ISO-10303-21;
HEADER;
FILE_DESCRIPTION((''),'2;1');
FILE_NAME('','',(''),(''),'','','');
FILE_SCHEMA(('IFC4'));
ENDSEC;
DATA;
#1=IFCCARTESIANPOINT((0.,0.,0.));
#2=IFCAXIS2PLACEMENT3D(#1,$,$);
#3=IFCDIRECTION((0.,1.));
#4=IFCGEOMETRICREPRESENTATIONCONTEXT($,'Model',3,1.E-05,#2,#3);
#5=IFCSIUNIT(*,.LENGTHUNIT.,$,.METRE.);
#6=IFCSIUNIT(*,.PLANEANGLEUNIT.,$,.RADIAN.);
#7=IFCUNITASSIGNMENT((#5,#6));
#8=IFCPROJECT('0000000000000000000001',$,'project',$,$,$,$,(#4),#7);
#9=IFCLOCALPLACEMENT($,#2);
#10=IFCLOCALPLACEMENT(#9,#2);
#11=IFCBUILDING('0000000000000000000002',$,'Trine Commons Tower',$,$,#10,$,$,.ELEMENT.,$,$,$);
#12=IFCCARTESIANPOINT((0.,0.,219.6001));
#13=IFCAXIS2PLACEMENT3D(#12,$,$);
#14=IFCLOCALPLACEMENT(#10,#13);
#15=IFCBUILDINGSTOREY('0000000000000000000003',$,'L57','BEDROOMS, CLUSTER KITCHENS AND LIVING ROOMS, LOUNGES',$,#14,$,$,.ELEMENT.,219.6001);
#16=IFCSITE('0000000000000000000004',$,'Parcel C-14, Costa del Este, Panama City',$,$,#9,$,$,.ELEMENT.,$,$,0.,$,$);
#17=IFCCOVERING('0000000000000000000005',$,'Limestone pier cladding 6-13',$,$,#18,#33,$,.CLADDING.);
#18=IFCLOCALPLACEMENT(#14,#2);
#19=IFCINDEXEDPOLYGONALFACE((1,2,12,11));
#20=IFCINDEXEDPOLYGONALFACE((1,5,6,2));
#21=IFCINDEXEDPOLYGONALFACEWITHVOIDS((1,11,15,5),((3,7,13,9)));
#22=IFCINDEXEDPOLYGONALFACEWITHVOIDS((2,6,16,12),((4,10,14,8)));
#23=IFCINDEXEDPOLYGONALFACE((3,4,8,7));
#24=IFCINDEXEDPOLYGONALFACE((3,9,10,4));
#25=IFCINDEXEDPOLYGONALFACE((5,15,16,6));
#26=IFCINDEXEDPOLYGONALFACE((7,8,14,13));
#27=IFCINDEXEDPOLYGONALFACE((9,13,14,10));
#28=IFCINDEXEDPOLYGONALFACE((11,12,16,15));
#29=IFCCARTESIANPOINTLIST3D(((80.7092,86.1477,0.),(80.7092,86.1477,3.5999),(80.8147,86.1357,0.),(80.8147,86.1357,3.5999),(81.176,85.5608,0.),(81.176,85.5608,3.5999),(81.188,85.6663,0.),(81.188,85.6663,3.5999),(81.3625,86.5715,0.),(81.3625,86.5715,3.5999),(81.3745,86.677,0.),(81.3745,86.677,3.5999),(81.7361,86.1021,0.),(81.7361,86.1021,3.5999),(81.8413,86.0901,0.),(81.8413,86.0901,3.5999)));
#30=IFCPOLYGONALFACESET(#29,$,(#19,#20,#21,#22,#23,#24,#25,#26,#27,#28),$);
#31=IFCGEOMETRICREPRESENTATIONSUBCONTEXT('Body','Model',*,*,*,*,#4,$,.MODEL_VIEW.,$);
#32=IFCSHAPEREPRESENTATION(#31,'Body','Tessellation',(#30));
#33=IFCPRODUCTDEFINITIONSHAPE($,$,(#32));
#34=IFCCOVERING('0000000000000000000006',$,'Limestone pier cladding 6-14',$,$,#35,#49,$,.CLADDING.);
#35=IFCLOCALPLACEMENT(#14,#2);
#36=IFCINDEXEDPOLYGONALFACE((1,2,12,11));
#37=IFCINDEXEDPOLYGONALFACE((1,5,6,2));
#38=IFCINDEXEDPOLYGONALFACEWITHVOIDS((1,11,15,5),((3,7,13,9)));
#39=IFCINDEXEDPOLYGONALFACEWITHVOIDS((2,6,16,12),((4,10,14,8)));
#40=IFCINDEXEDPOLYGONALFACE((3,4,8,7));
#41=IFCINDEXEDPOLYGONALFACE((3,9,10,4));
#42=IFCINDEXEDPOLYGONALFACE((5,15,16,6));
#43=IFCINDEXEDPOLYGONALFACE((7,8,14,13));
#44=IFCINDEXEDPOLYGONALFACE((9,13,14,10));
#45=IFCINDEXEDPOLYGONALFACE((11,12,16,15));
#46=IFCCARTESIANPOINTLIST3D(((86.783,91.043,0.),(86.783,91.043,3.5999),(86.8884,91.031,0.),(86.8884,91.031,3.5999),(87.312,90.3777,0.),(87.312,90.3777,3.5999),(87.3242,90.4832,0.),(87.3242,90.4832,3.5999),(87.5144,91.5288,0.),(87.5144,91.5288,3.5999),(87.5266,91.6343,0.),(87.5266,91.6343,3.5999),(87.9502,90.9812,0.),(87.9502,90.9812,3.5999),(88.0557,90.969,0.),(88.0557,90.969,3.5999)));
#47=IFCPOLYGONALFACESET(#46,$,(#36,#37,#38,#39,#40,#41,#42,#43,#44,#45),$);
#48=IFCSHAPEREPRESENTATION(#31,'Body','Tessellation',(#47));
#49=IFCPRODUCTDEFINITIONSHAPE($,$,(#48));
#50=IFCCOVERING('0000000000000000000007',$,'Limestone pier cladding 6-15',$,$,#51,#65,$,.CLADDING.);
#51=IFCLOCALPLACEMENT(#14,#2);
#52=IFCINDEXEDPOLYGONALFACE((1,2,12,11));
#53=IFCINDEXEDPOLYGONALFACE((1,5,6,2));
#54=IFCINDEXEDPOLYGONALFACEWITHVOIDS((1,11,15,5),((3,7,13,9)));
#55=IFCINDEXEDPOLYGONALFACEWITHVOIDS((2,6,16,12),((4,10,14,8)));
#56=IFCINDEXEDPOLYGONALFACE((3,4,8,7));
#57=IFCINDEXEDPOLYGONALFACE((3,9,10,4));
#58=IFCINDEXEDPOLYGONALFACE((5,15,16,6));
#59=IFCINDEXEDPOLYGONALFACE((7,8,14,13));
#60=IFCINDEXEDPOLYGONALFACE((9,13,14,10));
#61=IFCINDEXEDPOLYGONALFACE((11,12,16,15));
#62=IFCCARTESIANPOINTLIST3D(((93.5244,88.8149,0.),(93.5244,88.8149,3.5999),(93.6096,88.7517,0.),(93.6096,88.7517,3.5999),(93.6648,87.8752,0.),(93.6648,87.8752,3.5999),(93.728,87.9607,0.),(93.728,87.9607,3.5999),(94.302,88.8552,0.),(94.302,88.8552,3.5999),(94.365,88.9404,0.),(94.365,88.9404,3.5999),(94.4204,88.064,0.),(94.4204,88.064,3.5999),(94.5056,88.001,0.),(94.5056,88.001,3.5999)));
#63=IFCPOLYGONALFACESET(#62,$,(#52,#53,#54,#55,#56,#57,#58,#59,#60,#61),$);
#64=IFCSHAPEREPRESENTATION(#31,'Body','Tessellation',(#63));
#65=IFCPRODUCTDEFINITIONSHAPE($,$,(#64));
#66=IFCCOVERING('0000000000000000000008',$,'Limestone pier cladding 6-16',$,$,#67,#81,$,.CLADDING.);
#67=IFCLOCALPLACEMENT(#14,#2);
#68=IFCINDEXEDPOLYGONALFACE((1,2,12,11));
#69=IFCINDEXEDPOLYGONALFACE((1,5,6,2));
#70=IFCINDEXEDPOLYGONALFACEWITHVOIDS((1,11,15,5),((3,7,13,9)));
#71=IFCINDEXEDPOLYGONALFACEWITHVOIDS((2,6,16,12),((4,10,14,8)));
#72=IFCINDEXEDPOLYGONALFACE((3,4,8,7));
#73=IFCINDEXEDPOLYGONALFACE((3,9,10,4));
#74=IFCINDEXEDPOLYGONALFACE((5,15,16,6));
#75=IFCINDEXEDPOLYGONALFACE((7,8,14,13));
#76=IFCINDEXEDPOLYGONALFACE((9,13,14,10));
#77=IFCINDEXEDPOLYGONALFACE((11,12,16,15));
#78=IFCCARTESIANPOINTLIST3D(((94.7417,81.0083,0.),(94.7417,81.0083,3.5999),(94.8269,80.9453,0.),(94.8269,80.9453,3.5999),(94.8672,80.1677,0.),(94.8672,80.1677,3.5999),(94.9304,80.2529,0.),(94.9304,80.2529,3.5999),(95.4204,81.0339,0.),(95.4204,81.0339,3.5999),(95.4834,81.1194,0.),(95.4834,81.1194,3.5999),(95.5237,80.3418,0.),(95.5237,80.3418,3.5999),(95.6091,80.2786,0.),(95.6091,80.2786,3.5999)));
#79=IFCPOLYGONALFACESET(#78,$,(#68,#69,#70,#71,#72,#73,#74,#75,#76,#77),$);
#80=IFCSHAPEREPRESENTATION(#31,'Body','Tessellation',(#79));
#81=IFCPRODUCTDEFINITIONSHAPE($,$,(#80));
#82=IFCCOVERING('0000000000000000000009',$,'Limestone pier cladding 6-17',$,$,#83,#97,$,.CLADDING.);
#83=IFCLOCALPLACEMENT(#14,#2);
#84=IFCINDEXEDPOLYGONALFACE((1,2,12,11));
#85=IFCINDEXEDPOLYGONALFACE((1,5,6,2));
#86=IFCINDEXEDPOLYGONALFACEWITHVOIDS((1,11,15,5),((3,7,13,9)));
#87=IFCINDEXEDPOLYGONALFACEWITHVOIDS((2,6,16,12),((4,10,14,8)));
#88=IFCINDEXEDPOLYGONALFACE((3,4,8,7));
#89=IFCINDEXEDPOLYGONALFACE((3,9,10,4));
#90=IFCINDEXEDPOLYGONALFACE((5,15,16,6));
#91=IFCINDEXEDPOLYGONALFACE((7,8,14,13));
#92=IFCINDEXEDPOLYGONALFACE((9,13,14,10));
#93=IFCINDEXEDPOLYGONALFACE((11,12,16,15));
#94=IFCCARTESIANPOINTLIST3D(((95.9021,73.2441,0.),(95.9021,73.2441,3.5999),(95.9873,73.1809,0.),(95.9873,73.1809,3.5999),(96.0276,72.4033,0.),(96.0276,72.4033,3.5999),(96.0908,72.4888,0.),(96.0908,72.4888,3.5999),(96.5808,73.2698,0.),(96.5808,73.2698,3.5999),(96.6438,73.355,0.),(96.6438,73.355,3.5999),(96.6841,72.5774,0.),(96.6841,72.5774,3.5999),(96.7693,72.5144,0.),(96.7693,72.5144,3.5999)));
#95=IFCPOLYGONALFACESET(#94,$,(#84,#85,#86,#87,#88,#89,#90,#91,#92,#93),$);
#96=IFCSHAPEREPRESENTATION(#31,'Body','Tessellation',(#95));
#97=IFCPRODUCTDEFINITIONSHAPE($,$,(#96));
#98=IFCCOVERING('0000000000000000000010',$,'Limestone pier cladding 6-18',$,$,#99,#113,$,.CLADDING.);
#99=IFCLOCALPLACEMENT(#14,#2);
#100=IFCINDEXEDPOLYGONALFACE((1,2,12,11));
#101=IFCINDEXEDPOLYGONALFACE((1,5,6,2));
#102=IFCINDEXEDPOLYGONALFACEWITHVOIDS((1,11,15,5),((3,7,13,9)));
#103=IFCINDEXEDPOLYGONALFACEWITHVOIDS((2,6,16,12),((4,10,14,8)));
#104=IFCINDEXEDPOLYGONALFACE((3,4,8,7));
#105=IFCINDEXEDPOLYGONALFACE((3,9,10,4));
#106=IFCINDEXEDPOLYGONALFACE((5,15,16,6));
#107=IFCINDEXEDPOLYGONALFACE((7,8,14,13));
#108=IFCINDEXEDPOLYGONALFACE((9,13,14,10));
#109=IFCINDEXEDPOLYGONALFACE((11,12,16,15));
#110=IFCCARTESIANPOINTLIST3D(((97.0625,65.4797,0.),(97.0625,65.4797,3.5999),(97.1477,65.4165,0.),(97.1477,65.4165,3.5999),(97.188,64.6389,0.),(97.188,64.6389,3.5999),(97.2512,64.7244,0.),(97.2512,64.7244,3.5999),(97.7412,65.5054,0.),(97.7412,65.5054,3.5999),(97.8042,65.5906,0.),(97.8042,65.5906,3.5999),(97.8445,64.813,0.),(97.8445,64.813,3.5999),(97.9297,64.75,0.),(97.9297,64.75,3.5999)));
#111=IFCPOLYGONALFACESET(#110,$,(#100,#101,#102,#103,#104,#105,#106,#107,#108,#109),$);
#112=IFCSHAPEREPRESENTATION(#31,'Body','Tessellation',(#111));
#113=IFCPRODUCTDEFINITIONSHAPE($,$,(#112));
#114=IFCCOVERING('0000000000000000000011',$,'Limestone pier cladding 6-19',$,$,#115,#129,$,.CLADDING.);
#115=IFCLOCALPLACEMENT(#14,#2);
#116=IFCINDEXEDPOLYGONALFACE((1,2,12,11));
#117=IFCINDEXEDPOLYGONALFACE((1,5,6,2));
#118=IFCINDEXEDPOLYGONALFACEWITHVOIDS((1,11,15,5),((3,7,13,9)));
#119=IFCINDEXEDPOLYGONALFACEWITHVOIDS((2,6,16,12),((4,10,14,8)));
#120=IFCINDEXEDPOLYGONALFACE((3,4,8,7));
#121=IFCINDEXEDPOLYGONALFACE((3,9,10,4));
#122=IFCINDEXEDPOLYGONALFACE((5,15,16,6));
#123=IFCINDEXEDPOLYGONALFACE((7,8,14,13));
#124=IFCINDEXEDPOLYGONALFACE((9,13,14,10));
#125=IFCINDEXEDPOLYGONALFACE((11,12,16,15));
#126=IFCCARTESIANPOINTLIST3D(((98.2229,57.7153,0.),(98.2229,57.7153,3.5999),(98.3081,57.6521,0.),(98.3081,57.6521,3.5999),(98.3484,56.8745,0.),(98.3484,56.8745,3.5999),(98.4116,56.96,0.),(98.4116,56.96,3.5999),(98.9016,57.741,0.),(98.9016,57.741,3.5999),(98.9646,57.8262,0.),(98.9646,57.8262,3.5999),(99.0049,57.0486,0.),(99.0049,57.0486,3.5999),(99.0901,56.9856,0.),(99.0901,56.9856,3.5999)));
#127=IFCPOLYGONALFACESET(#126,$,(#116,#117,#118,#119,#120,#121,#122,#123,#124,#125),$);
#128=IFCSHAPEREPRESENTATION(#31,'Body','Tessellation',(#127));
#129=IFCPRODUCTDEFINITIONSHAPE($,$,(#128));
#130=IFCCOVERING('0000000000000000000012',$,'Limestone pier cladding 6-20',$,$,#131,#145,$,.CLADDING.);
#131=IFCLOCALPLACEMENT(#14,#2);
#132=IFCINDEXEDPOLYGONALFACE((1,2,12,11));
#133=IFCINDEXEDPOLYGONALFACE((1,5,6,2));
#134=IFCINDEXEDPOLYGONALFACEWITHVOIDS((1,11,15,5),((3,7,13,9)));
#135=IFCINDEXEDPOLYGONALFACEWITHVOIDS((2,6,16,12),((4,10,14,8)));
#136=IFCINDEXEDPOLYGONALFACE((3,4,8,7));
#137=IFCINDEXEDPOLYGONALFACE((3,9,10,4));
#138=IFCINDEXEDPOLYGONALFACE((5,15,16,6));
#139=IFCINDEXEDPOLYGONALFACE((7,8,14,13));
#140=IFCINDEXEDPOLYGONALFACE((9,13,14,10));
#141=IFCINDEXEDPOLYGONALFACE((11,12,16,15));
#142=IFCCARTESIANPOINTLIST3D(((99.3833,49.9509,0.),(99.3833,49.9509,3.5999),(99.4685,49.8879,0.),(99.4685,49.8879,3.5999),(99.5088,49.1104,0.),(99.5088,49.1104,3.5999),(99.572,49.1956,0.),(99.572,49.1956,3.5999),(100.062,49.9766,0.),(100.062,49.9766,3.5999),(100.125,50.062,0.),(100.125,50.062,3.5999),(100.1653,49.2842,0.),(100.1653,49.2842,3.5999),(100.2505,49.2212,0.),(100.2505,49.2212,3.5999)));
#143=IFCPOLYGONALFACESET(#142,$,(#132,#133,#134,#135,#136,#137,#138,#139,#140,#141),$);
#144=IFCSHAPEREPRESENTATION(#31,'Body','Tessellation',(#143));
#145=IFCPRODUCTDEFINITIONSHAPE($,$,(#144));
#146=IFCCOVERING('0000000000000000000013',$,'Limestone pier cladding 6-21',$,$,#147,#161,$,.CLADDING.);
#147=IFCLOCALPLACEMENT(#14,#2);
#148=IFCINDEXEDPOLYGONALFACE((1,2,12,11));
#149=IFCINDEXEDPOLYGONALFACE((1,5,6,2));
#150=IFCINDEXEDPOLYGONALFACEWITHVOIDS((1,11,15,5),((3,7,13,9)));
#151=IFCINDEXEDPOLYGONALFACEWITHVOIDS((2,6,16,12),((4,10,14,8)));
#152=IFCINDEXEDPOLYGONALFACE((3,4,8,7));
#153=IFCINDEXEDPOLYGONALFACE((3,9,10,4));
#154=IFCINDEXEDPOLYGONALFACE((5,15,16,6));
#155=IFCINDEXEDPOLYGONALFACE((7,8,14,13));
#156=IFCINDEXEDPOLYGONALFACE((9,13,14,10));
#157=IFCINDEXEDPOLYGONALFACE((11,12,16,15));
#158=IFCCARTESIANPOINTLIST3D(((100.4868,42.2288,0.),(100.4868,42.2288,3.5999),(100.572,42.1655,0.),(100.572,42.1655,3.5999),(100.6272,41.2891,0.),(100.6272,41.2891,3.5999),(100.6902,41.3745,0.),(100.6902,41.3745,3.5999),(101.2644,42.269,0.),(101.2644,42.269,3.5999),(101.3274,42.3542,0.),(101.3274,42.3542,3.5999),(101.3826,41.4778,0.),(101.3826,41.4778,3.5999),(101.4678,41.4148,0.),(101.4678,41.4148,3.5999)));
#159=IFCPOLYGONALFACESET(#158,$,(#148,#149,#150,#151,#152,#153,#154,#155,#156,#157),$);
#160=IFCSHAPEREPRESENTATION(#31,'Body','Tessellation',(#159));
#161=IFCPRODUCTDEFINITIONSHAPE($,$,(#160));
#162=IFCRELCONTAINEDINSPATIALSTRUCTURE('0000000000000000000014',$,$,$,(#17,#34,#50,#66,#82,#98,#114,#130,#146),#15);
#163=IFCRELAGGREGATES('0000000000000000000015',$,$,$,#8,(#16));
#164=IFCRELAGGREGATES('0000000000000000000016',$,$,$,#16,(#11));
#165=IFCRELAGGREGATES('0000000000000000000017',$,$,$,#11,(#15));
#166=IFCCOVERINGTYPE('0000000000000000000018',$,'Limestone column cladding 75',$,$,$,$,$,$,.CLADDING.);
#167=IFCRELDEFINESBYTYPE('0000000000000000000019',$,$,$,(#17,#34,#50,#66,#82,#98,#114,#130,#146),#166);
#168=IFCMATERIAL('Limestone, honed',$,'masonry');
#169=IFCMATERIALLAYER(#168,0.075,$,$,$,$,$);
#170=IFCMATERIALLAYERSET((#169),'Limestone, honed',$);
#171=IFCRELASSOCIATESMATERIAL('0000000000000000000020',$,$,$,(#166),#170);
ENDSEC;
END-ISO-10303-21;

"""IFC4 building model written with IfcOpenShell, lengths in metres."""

from ifc_helpers import new_model, si_unit, direction, frame, origin, place, context, subcontext, project, spatial, polyline, outline, extrude, material, layer, layer_set, type_object, element, save


model = new_model("IFC4")

# Units and contexts
model_context = context("Model", 3, precision=1e-05, world=origin(), true_north=direction((0.0, 1.0)))
body_context = subcontext(model_context, "Body", "Model", "MODEL_VIEW")
ifc_project = project(units=[si_unit("LENGTHUNIT", "METRE"), si_unit("PLANEANGLEUNIT", "RADIAN")], contexts=[model_context])

# Site, building, storey
site_placement = place(None, origin())
site = spatial("IfcSite", under=ifc_project, at=site_placement, Name="Parcel C-14, Costa del Este, Panama City", CompositionType="ELEMENT", RefElevation=0.0)
building_placement = place(site_placement, origin())
building = spatial("IfcBuilding", under=site, at=building_placement, Name="Trine Commons Tower", CompositionType="ELEMENT")
storey_placement = place(building_placement, frame((0.0, 0.0, 219.6001)))
storey = spatial("IfcBuildingStorey", under=building, at=storey_placement, Name="L57", Description="BEDROOMS, CLUSTER KITCHENS AND LIVING ROOMS, LOUNGES", CompositionType="ELEMENT", Elevation=219.6001)

# Coverings
ifc_material_1 = material(Name="Limestone, honed", Category="masonry")
ifc_layer_1 = layer(ifc_material_1, 0.075)
ifc_layer_set_1 = layer_set([ifc_layer_1], Name="Limestone, honed")
covering_type_1 = type_object("IfcCoveringType", Name="Limestone column cladding 75", PredefinedType="CLADDING", material=ifc_layer_set_1)
covering_1_placement = place(storey_placement, origin())
element("IfcCovering", 1, at=covering_1_placement, inside=storey, type_object=covering_type_1, Name="Limestone pier cladding 6-13", PredefinedType="CLADDING", context=body_context, shape_type="SweptSolid", body=[
    extrude(outline(polyline([(81.8413, 86.0901), (81.3745, 86.677), (80.7092, 86.1477), (81.176, 85.5608), (81.8413, 86.0901)]), holes=[polyline([(81.7361, 86.1021), (81.3625, 86.5715), (80.8147, 86.1357), (81.188, 85.6663), (81.7361, 86.1021)])]), origin(), (0.0, 0.0, 1.0), 3.5999),
])
covering_2_placement = place(storey_placement, origin())
element("IfcCovering", 2, at=covering_2_placement, inside=storey, type_object=covering_type_1, Name="Limestone pier cladding 6-14", PredefinedType="CLADDING", context=body_context, shape_type="SweptSolid", body=[
    extrude(outline(polyline([(88.0557, 90.969), (87.5266, 91.6343), (86.783, 91.043), (87.312, 90.3777), (88.0557, 90.969)]), holes=[polyline([(87.9502, 90.9812), (87.5144, 91.5288), (86.8884, 91.031), (87.3242, 90.4832), (87.9502, 90.9812)])]), origin(), (0.0, 0.0, 1.0), 3.5999),
])
covering_3_placement = place(storey_placement, origin())
element("IfcCovering", 3, at=covering_3_placement, inside=storey, type_object=covering_type_1, Name="Limestone pier cladding 6-15", PredefinedType="CLADDING", context=body_context, shape_type="SweptSolid", body=[
    extrude(outline(polyline([(94.365, 88.9404), (93.5244, 88.8149), (93.6648, 87.8752), (94.5056, 88.001), (94.365, 88.9404)]), holes=[polyline([(94.302, 88.8552), (93.6096, 88.7517), (93.728, 87.9607), (94.4204, 88.064), (94.302, 88.8552)])]), origin(), (0.0, 0.0, 1.0), 3.5999),
])
covering_4_placement = place(storey_placement, origin())
element("IfcCovering", 4, at=covering_4_placement, inside=storey, type_object=covering_type_1, Name="Limestone pier cladding 6-16", PredefinedType="CLADDING", context=body_context, shape_type="SweptSolid", body=[
    extrude(outline(polyline([(95.4834, 81.1194), (94.7417, 81.0083), (94.8672, 80.1677), (95.6091, 80.2786), (95.4834, 81.1194)]), holes=[polyline([(95.4204, 81.0339), (94.8269, 80.9453), (94.9304, 80.2529), (95.5237, 80.3418), (95.4204, 81.0339)])]), origin(), (0.0, 0.0, 1.0), 3.5999),
])
covering_5_placement = place(storey_placement, origin())
element("IfcCovering", 5, at=covering_5_placement, inside=storey, type_object=covering_type_1, Name="Limestone pier cladding 6-17", PredefinedType="CLADDING", context=body_context, shape_type="SweptSolid", body=[
    extrude(outline(polyline([(96.6438, 73.355), (95.9021, 73.2441), (96.0276, 72.4033), (96.7693, 72.5144), (96.6438, 73.355)]), holes=[polyline([(96.5808, 73.2698), (95.9873, 73.1809), (96.0908, 72.4888), (96.6841, 72.5774), (96.5808, 73.2698)])]), origin(), (0.0, 0.0, 1.0), 3.5999),
])
covering_6_placement = place(storey_placement, origin())
element("IfcCovering", 6, at=covering_6_placement, inside=storey, type_object=covering_type_1, Name="Limestone pier cladding 6-18", PredefinedType="CLADDING", context=body_context, shape_type="SweptSolid", body=[
    extrude(outline(polyline([(97.8042, 65.5906), (97.0625, 65.4797), (97.188, 64.6389), (97.9297, 64.75), (97.8042, 65.5906)]), holes=[polyline([(97.7412, 65.5054), (97.1477, 65.4165), (97.2512, 64.7244), (97.8445, 64.813), (97.7412, 65.5054)])]), origin(), (0.0, 0.0, 1.0), 3.5999),
])
covering_7_placement = place(storey_placement, origin())
element("IfcCovering", 7, at=covering_7_placement, inside=storey, type_object=covering_type_1, Name="Limestone pier cladding 6-19", PredefinedType="CLADDING", context=body_context, shape_type="SweptSolid", body=[
    extrude(outline(polyline([(98.9646, 57.8262), (98.2229, 57.7153), (98.3484, 56.8745), (99.0901, 56.9856), (98.9646, 57.8262)]), holes=[polyline([(98.9016, 57.741), (98.3081, 57.6521), (98.4116, 56.96), (99.0049, 57.0486), (98.9016, 57.741)])]), origin(), (0.0, 0.0, 1.0), 3.5999),
])
covering_8_placement = place(storey_placement, origin())
element("IfcCovering", 8, at=covering_8_placement, inside=storey, type_object=covering_type_1, Name="Limestone pier cladding 6-20", PredefinedType="CLADDING", context=body_context, shape_type="SweptSolid", body=[
    extrude(outline(polyline([(100.125, 50.062), (99.3833, 49.9509), (99.5088, 49.1104), (100.2505, 49.2212), (100.125, 50.062)]), holes=[polyline([(100.062, 49.9766), (99.4685, 49.8879), (99.572, 49.1956), (100.1653, 49.2842), (100.062, 49.9766)])]), origin(), (0.0, 0.0, 1.0), 3.5999),
])
covering_9_placement = place(storey_placement, origin())
element("IfcCovering", 9, at=covering_9_placement, inside=storey, type_object=covering_type_1, Name="Limestone pier cladding 6-21", PredefinedType="CLADDING", context=body_context, shape_type="SweptSolid", body=[
    extrude(outline(polyline([(101.3274, 42.3542), (100.4868, 42.2288), (100.6272, 41.2891), (101.4678, 41.4148), (101.3274, 42.3542)]), holes=[polyline([(101.2644, 42.269), (100.572, 42.1655), (100.6902, 41.3745), (101.3826, 41.4778), (101.2644, 42.269)])]), origin(), (0.0, 0.0, 1.0), 3.5999),
])

save(model, "model.ifc")
